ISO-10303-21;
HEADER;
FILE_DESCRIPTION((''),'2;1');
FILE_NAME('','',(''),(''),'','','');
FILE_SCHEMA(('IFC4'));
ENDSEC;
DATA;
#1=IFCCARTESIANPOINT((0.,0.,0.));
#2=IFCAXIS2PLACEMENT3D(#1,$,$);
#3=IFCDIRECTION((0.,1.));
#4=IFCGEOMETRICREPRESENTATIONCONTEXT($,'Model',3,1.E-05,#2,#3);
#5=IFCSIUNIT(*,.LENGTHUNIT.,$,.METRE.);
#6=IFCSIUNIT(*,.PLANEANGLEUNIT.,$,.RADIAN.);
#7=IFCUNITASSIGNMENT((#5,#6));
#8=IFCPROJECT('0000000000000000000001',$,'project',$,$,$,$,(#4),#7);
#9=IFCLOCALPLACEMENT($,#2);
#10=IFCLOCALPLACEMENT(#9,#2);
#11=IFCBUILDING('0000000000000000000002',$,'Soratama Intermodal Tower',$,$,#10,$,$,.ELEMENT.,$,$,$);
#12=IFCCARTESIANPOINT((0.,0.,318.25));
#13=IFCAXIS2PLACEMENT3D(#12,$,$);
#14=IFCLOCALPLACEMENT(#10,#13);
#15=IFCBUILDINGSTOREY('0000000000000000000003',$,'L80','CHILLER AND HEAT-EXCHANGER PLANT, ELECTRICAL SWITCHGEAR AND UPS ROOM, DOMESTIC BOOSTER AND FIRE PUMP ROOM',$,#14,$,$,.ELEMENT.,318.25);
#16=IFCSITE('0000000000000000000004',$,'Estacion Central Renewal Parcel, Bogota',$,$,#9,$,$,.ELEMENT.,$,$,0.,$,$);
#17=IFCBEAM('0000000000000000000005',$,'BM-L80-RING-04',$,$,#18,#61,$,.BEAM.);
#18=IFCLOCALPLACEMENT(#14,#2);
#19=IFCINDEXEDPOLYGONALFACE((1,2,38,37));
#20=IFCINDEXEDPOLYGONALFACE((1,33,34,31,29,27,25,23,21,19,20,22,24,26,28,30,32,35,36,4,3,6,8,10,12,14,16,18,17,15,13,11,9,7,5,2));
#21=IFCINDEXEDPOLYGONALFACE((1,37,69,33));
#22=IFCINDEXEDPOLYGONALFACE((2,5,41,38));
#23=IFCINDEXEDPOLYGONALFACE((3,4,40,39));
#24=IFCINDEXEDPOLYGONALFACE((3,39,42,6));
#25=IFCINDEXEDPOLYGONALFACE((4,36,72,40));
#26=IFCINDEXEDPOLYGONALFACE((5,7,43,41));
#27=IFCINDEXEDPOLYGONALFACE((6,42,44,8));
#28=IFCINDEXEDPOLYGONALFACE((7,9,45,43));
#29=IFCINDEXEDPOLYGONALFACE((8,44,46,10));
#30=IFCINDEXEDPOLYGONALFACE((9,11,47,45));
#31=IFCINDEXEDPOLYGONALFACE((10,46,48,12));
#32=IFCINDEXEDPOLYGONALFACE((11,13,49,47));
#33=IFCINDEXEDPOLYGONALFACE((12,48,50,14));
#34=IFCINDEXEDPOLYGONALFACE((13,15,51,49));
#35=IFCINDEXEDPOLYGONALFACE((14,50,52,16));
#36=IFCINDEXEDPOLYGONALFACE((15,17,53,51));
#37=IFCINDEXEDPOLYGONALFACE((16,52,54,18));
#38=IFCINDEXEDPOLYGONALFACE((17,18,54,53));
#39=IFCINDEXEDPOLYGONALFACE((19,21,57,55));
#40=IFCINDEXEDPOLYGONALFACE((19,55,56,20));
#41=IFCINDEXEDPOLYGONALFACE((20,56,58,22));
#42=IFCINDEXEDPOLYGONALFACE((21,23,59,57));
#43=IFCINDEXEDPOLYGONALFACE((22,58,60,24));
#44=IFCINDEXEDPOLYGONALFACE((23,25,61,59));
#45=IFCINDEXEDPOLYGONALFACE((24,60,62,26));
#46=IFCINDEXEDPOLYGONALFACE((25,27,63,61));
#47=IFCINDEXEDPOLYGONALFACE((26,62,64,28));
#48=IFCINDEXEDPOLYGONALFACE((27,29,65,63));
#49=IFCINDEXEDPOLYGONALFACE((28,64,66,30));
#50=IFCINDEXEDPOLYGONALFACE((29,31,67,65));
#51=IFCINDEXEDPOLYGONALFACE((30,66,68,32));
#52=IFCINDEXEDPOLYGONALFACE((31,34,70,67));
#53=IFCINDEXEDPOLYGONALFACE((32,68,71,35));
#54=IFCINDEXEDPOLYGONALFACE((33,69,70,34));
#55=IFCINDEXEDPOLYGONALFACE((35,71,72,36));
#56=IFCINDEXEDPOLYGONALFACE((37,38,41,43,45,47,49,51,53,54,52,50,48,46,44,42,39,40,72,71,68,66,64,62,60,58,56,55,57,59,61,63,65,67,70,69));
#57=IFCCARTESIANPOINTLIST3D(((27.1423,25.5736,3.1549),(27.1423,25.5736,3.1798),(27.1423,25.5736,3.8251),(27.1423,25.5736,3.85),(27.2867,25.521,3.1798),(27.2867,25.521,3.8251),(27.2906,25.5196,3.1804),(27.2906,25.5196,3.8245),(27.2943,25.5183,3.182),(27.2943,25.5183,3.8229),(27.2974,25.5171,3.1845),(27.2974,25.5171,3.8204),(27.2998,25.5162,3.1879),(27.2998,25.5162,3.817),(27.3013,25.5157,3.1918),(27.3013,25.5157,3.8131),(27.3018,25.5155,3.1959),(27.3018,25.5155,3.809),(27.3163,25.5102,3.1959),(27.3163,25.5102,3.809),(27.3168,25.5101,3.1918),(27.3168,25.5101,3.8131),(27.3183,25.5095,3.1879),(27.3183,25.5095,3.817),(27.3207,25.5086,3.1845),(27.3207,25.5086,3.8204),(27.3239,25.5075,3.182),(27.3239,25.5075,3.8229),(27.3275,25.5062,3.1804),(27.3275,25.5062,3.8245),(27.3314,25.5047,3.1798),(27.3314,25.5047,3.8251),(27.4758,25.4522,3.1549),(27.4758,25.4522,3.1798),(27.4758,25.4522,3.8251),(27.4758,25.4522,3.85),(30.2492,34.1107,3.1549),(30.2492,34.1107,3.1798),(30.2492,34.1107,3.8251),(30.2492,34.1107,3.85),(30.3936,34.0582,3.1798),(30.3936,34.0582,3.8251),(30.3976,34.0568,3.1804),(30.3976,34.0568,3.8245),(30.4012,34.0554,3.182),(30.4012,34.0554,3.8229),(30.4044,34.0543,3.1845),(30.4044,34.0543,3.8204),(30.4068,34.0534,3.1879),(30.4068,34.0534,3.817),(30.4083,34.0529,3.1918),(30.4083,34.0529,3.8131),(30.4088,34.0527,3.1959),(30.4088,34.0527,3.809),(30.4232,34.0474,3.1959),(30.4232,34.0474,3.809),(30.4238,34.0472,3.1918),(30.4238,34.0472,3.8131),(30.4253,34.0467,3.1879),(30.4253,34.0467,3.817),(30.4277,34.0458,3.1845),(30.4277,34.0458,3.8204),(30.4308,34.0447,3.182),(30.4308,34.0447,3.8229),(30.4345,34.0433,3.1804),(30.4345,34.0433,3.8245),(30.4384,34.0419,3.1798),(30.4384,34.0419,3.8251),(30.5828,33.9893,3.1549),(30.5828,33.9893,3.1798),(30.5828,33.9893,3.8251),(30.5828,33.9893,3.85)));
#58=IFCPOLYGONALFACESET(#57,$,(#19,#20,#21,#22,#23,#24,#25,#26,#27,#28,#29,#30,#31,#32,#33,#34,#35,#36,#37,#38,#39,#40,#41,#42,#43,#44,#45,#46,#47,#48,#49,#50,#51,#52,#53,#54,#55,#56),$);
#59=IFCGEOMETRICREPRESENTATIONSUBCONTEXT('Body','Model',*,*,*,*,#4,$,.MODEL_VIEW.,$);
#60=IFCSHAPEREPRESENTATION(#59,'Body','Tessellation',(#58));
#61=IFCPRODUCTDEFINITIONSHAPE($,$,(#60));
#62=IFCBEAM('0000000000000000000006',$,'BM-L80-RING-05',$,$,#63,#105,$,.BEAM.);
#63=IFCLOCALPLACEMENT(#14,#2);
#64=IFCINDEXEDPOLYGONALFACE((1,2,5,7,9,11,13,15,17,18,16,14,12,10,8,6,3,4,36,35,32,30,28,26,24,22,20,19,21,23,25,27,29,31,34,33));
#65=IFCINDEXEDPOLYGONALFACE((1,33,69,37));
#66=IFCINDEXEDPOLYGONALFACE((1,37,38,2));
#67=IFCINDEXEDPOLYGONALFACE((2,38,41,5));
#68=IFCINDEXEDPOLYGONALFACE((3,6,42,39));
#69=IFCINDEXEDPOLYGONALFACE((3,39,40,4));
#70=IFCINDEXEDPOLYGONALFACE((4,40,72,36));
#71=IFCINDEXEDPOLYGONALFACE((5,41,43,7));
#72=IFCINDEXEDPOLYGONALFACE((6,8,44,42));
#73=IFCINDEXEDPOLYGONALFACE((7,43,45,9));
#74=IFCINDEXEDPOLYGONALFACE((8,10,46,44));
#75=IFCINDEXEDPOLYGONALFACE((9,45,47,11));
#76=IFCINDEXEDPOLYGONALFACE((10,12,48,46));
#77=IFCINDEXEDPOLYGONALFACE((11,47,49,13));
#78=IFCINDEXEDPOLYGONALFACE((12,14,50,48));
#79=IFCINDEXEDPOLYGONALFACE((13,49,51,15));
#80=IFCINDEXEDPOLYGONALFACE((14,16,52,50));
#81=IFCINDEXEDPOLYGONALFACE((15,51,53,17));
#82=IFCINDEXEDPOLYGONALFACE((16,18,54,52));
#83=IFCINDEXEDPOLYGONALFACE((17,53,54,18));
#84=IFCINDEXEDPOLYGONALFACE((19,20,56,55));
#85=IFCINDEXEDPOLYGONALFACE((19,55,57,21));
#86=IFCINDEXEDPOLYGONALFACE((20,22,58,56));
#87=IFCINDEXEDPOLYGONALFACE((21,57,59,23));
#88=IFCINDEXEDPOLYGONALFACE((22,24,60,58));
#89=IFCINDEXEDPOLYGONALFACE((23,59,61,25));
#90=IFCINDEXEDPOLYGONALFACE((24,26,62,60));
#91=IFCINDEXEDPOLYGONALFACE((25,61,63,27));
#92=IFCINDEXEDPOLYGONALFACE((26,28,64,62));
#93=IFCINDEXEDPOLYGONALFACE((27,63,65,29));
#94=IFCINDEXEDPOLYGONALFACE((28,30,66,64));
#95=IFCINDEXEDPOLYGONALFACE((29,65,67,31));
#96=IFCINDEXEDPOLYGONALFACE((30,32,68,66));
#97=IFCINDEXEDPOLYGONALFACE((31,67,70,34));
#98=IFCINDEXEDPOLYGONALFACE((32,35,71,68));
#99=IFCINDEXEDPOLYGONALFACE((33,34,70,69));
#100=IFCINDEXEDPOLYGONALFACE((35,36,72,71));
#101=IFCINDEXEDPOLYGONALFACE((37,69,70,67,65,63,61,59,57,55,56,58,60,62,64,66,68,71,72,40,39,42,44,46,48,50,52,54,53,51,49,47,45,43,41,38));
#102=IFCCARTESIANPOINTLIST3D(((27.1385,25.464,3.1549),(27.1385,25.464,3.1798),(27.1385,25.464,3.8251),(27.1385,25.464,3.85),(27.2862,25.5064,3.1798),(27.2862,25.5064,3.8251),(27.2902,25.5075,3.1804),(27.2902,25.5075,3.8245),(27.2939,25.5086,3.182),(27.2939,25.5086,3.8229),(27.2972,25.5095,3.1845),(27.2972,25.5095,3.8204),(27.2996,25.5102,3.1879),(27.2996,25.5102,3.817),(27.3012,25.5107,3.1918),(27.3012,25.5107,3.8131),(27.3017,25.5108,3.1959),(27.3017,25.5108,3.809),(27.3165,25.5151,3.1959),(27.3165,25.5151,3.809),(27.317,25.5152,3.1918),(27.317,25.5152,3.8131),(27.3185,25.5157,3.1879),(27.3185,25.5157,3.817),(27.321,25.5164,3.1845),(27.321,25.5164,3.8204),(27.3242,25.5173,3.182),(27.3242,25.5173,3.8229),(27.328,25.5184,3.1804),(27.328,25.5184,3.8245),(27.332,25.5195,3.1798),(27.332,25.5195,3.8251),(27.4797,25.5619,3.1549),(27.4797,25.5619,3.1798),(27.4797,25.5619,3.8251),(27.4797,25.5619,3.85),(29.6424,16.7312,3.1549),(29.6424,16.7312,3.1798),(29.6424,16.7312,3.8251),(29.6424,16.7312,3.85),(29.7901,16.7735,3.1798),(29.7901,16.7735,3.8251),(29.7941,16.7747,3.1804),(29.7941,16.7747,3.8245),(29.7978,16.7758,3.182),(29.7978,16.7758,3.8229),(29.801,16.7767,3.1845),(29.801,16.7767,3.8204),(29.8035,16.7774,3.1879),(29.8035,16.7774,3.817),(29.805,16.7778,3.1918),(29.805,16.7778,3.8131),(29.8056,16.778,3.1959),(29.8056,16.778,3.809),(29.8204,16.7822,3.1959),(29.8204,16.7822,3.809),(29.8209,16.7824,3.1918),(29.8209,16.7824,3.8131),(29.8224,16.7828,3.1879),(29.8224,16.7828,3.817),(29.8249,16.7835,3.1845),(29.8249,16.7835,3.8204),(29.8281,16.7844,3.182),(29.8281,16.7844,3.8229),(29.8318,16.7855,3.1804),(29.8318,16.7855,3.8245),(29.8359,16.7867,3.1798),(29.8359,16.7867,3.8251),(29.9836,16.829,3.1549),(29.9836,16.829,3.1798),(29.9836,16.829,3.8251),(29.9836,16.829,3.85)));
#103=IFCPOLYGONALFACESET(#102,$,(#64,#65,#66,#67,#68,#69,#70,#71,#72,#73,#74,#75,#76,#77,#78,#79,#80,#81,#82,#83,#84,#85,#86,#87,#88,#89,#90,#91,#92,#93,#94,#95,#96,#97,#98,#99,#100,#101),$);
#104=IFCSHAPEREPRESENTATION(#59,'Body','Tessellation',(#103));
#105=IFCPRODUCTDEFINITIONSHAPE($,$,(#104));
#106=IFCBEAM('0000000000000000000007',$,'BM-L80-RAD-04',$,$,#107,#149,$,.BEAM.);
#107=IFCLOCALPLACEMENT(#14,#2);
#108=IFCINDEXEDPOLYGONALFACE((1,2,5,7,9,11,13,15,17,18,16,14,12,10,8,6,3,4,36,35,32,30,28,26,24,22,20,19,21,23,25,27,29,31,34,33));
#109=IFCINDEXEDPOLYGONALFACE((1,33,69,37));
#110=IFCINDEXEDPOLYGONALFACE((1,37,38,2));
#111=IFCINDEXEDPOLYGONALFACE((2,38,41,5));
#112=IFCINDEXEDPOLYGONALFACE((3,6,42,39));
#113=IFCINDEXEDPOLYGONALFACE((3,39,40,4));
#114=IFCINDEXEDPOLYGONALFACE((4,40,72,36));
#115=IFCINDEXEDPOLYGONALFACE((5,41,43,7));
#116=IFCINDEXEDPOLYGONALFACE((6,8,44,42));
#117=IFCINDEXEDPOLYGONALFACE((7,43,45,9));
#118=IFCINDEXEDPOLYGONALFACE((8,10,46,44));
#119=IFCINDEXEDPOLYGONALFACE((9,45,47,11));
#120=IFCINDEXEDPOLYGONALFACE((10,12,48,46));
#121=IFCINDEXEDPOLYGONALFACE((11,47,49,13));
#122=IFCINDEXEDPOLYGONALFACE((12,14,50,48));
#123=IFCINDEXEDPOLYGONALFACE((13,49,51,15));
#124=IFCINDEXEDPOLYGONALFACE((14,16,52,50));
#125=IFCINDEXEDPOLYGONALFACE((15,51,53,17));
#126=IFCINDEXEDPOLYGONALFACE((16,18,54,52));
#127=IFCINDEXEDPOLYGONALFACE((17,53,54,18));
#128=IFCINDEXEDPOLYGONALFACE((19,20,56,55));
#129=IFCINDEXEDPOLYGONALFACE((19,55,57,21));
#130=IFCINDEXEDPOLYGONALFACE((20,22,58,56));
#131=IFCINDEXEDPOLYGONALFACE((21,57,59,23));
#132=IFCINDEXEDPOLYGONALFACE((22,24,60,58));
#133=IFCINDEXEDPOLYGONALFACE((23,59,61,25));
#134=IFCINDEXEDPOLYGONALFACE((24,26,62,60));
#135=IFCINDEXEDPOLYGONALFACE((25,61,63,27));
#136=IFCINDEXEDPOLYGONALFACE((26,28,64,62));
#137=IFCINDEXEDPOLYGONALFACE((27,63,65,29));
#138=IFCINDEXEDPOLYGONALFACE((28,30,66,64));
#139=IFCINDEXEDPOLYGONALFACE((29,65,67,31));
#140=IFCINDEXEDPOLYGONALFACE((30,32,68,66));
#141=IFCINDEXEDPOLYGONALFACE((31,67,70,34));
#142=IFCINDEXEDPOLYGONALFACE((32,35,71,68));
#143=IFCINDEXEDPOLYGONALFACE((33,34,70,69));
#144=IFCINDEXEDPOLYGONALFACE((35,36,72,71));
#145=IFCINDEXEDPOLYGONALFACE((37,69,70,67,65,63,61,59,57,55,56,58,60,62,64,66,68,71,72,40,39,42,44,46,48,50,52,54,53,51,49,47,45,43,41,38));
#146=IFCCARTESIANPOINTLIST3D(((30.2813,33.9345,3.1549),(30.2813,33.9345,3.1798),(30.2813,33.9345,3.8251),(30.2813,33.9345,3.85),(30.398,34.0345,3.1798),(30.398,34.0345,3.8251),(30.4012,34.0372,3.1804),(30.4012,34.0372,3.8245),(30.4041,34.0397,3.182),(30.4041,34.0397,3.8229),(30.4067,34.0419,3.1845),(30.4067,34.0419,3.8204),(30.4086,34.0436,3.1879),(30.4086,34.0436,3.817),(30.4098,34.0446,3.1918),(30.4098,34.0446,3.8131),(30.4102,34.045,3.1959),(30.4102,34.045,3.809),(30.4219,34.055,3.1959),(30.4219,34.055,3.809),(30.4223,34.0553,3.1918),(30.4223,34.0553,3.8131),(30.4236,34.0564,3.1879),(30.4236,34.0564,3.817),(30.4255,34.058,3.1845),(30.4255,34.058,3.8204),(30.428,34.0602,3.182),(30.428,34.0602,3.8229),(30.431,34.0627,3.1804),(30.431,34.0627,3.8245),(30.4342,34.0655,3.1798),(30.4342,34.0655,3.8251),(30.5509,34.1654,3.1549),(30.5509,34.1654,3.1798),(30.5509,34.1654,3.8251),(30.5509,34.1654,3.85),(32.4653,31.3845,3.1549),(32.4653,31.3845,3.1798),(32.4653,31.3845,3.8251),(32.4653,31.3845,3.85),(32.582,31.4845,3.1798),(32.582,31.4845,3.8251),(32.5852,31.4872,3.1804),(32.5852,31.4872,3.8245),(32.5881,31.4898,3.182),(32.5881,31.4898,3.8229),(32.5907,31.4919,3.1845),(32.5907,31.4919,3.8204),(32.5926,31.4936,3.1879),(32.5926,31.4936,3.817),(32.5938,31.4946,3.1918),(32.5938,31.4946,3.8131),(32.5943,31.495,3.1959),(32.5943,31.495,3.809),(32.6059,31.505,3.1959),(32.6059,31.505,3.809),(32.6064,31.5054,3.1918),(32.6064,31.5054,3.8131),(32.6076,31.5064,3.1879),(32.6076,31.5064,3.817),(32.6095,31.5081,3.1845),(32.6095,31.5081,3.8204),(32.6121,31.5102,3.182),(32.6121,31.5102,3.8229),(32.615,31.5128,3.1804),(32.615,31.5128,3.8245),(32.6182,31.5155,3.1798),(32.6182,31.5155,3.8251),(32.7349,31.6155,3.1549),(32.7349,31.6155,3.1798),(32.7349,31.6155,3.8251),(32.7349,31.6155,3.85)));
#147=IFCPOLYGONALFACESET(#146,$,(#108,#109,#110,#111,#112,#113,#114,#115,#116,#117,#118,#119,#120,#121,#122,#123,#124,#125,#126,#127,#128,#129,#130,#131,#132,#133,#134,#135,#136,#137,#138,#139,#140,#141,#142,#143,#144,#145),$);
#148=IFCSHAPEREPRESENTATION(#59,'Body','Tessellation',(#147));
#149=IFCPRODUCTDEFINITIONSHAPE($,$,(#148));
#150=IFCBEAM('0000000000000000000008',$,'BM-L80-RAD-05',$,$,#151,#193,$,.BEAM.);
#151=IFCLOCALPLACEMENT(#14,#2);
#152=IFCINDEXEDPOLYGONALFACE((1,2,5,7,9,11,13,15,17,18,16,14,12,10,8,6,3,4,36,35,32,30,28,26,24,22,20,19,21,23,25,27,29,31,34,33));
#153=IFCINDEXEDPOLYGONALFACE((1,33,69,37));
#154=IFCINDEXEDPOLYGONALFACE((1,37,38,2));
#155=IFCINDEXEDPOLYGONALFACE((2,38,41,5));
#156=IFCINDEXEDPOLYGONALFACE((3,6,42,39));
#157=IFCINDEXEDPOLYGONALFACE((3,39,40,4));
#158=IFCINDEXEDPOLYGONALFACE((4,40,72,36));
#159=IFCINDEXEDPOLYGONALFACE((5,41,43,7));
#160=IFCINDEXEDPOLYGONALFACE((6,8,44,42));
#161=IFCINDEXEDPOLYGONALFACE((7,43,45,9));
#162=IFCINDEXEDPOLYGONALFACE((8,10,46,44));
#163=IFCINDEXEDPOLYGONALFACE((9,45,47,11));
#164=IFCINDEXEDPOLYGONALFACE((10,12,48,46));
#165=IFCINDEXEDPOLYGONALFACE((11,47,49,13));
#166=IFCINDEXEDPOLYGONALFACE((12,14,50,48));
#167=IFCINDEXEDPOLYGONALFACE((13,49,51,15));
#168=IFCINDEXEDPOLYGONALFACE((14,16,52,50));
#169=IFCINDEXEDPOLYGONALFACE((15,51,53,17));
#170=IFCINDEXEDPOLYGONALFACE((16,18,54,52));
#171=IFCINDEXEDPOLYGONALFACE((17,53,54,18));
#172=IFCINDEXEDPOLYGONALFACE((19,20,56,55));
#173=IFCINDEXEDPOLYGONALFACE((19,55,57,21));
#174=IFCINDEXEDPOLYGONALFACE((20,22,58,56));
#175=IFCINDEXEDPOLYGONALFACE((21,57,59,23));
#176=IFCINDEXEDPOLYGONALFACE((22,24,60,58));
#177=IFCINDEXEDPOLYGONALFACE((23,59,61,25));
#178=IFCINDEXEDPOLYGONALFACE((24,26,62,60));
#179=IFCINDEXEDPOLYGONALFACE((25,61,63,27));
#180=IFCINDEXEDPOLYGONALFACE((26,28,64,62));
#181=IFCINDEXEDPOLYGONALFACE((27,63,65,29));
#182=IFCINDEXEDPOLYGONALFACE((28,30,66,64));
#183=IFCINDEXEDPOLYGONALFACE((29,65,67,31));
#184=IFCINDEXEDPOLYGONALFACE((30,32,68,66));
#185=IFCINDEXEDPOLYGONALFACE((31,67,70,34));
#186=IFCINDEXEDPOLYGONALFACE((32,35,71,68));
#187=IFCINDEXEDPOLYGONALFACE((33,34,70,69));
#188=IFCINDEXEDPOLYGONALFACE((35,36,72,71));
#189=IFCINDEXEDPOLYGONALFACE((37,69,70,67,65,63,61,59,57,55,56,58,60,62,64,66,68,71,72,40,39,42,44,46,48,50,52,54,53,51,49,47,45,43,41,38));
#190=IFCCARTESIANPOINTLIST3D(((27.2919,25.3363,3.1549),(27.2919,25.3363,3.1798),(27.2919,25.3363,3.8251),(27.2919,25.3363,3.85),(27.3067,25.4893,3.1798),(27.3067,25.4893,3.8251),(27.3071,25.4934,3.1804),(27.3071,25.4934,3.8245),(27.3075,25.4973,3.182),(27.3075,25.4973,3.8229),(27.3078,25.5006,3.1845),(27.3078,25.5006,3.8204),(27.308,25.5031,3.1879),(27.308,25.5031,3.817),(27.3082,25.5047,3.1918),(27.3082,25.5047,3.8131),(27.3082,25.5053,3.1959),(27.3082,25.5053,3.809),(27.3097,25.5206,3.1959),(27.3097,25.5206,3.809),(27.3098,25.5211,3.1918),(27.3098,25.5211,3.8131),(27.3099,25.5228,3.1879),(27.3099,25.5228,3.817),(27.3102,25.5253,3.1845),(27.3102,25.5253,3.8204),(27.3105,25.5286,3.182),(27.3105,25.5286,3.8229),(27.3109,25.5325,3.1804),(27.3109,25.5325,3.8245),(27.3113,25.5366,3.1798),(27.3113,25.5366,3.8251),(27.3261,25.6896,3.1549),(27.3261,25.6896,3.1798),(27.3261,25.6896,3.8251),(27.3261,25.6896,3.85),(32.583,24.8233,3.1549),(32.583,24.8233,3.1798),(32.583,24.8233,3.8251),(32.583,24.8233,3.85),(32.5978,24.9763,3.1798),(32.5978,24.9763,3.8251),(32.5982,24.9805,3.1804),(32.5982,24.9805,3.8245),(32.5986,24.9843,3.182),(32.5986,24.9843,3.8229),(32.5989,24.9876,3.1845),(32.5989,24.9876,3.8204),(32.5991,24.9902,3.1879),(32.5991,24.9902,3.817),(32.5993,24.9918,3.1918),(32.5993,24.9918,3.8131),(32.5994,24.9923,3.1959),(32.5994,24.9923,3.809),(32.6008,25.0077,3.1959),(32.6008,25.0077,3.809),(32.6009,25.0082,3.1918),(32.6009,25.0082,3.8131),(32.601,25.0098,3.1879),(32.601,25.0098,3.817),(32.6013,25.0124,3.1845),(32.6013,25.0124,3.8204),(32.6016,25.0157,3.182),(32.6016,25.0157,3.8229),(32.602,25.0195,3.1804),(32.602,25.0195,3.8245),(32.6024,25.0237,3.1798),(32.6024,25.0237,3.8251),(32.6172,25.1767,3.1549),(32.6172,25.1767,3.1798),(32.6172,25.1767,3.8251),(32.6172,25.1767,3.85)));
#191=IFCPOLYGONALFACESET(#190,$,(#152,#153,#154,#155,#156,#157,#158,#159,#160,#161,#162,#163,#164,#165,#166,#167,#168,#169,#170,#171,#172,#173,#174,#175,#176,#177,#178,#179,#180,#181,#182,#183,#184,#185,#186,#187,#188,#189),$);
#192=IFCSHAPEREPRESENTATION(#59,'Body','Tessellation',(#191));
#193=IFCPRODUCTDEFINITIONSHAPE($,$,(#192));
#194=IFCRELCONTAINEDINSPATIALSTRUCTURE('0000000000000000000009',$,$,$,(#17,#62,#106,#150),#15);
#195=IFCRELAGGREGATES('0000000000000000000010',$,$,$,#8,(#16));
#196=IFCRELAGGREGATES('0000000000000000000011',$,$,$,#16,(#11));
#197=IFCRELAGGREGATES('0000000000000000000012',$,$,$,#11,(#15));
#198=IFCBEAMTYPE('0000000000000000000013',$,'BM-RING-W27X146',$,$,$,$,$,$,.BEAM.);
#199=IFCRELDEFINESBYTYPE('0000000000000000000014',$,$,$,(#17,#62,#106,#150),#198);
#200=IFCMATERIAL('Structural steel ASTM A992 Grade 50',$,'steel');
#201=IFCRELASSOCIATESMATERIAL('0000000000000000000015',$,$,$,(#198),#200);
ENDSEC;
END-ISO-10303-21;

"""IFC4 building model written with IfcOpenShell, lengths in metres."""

from ifc_helpers import new_model, si_unit, direction, frame, origin, origin_2d, place, context, subcontext, project, spatial, i_section, extrude, material, material_profile, profile_set, type_object, element, save


model = new_model("IFC4")

# Units and contexts
model_context = context("Model", 3, precision=1e-05, world=origin(), true_north=direction((0.0, 1.0)))
body_context = subcontext(model_context, "Body", "Model", "MODEL_VIEW")
ifc_project = project(units=[si_unit("LENGTHUNIT", "METRE"), si_unit("PLANEANGLEUNIT", "RADIAN")], contexts=[model_context])

# Site, building, storey
site_placement = place(None, origin())
site = spatial("IfcSite", under=ifc_project, at=site_placement, Name="Estacion Central Renewal Parcel, Bogota", CompositionType="ELEMENT", RefElevation=0.0)
building_placement = place(site_placement, origin())
building = spatial("IfcBuilding", under=site, at=building_placement, Name="Soratama Intermodal Tower", CompositionType="ELEMENT")
storey_placement = place(building_placement, frame((0.0, 0.0, 318.25)))
storey = spatial("IfcBuildingStorey", under=building, at=storey_placement, Name="L80", Description="CHILLER AND HEAT-EXCHANGER PLANT, ELECTRICAL SWITCHGEAR AND UPS ROOM, DOMESTIC BOOSTER AND FIRE PUMP ROOM", CompositionType="ELEMENT", Elevation=318.25)

# Beams
ifc_material_1 = material(Name="Structural steel ASTM A992 Grade 50", Category="steel")
ifc_material_profile_1 = material_profile(ifc_material_1, i_section(OverallWidth=0.355, OverallDepth=0.6951, WebThickness=0.0154, FlangeThickness=0.0249, FilletRadius=0.0161, at=origin_2d()), Name="W27X146")
ifc_profile_set_1 = profile_set([ifc_material_profile_1], Name="Structural steel ASTM A992 Grade 50")
beam_type_1 = type_object("IfcBeamType", Name="BM-RING-W27X146", PredefinedType="BEAM", material=ifc_profile_set_1)
beam_1_placement = place(storey_placement, frame((30.416, 34.05, 3.5024), z_axis=(-0.341989, -0.939704, 0.0), x_axis=(0.939704, -0.341989, 0.0)))
element("IfcBeam", 1, at=beam_1_placement, inside=storey, type_object=beam_type_1, Name="BM-L80-RING-04", PredefinedType="BEAM", context=body_context, shape_type="SweptSolid", body=[
    extrude(i_section(OverallWidth=0.355, OverallDepth=0.6951, WebThickness=0.0154, FlangeThickness=0.0249, FilletRadius=0.0161, at=origin_2d()), origin(), (0.0, 0.0, 1.0), 9.085),
])
beam_2_placement = place(storey_placement, frame((27.3091, 25.5129, 3.5024), z_axis=(0.275615, -0.961268, 0.0), x_axis=(0.961268, 0.275615, 0.0)))
element("IfcBeam", 2, at=beam_2_placement, inside=storey, type_object=beam_type_1, Name="BM-L80-RING-05", PredefinedType="BEAM", context=body_context, shape_type="SweptSolid", body=[
    extrude(i_section(OverallWidth=0.355, OverallDepth=0.6951, WebThickness=0.0154, FlangeThickness=0.0249, FilletRadius=0.0161, at=origin_2d()), origin(), (0.0, 0.0, 1.0), 9.0847),
])
beam_3_placement = place(storey_placement, frame((32.6001, 31.5, 3.5024), z_axis=(-0.650504, 0.759503, 0.0), x_axis=(-0.759503, -0.650504, 0.0)))
element("IfcBeam", 3, at=beam_3_placement, inside=storey, type_object=beam_type_1, Name="BM-L80-RAD-04", PredefinedType="BEAM", context=body_context, shape_type="SweptSolid", body=[
    extrude(i_section(OverallWidth=0.355, OverallDepth=0.6951, WebThickness=0.0154, FlangeThickness=0.0249, FilletRadius=0.0161, at=origin_2d()), origin(), (0.0, 0.0, 1.0), 3.3574),
])
beam_4_placement = place(storey_placement, frame((32.6001, 25.0, 3.5024), z_axis=(-0.995334, 0.096493, 0.0), x_axis=(-0.096493, -0.995334, 0.0)))
element("IfcBeam", 4, at=beam_4_placement, inside=storey, type_object=beam_type_1, Name="BM-L80-RAD-05", PredefinedType="BEAM", context=body_context, shape_type="SweptSolid", body=[
    extrude(i_section(OverallWidth=0.355, OverallDepth=0.6951, WebThickness=0.0154, FlangeThickness=0.0249, FilletRadius=0.0161, at=origin_2d()), origin(), (0.0, 0.0, 1.0), 5.3159),
])

save(model, "model.ifc")
